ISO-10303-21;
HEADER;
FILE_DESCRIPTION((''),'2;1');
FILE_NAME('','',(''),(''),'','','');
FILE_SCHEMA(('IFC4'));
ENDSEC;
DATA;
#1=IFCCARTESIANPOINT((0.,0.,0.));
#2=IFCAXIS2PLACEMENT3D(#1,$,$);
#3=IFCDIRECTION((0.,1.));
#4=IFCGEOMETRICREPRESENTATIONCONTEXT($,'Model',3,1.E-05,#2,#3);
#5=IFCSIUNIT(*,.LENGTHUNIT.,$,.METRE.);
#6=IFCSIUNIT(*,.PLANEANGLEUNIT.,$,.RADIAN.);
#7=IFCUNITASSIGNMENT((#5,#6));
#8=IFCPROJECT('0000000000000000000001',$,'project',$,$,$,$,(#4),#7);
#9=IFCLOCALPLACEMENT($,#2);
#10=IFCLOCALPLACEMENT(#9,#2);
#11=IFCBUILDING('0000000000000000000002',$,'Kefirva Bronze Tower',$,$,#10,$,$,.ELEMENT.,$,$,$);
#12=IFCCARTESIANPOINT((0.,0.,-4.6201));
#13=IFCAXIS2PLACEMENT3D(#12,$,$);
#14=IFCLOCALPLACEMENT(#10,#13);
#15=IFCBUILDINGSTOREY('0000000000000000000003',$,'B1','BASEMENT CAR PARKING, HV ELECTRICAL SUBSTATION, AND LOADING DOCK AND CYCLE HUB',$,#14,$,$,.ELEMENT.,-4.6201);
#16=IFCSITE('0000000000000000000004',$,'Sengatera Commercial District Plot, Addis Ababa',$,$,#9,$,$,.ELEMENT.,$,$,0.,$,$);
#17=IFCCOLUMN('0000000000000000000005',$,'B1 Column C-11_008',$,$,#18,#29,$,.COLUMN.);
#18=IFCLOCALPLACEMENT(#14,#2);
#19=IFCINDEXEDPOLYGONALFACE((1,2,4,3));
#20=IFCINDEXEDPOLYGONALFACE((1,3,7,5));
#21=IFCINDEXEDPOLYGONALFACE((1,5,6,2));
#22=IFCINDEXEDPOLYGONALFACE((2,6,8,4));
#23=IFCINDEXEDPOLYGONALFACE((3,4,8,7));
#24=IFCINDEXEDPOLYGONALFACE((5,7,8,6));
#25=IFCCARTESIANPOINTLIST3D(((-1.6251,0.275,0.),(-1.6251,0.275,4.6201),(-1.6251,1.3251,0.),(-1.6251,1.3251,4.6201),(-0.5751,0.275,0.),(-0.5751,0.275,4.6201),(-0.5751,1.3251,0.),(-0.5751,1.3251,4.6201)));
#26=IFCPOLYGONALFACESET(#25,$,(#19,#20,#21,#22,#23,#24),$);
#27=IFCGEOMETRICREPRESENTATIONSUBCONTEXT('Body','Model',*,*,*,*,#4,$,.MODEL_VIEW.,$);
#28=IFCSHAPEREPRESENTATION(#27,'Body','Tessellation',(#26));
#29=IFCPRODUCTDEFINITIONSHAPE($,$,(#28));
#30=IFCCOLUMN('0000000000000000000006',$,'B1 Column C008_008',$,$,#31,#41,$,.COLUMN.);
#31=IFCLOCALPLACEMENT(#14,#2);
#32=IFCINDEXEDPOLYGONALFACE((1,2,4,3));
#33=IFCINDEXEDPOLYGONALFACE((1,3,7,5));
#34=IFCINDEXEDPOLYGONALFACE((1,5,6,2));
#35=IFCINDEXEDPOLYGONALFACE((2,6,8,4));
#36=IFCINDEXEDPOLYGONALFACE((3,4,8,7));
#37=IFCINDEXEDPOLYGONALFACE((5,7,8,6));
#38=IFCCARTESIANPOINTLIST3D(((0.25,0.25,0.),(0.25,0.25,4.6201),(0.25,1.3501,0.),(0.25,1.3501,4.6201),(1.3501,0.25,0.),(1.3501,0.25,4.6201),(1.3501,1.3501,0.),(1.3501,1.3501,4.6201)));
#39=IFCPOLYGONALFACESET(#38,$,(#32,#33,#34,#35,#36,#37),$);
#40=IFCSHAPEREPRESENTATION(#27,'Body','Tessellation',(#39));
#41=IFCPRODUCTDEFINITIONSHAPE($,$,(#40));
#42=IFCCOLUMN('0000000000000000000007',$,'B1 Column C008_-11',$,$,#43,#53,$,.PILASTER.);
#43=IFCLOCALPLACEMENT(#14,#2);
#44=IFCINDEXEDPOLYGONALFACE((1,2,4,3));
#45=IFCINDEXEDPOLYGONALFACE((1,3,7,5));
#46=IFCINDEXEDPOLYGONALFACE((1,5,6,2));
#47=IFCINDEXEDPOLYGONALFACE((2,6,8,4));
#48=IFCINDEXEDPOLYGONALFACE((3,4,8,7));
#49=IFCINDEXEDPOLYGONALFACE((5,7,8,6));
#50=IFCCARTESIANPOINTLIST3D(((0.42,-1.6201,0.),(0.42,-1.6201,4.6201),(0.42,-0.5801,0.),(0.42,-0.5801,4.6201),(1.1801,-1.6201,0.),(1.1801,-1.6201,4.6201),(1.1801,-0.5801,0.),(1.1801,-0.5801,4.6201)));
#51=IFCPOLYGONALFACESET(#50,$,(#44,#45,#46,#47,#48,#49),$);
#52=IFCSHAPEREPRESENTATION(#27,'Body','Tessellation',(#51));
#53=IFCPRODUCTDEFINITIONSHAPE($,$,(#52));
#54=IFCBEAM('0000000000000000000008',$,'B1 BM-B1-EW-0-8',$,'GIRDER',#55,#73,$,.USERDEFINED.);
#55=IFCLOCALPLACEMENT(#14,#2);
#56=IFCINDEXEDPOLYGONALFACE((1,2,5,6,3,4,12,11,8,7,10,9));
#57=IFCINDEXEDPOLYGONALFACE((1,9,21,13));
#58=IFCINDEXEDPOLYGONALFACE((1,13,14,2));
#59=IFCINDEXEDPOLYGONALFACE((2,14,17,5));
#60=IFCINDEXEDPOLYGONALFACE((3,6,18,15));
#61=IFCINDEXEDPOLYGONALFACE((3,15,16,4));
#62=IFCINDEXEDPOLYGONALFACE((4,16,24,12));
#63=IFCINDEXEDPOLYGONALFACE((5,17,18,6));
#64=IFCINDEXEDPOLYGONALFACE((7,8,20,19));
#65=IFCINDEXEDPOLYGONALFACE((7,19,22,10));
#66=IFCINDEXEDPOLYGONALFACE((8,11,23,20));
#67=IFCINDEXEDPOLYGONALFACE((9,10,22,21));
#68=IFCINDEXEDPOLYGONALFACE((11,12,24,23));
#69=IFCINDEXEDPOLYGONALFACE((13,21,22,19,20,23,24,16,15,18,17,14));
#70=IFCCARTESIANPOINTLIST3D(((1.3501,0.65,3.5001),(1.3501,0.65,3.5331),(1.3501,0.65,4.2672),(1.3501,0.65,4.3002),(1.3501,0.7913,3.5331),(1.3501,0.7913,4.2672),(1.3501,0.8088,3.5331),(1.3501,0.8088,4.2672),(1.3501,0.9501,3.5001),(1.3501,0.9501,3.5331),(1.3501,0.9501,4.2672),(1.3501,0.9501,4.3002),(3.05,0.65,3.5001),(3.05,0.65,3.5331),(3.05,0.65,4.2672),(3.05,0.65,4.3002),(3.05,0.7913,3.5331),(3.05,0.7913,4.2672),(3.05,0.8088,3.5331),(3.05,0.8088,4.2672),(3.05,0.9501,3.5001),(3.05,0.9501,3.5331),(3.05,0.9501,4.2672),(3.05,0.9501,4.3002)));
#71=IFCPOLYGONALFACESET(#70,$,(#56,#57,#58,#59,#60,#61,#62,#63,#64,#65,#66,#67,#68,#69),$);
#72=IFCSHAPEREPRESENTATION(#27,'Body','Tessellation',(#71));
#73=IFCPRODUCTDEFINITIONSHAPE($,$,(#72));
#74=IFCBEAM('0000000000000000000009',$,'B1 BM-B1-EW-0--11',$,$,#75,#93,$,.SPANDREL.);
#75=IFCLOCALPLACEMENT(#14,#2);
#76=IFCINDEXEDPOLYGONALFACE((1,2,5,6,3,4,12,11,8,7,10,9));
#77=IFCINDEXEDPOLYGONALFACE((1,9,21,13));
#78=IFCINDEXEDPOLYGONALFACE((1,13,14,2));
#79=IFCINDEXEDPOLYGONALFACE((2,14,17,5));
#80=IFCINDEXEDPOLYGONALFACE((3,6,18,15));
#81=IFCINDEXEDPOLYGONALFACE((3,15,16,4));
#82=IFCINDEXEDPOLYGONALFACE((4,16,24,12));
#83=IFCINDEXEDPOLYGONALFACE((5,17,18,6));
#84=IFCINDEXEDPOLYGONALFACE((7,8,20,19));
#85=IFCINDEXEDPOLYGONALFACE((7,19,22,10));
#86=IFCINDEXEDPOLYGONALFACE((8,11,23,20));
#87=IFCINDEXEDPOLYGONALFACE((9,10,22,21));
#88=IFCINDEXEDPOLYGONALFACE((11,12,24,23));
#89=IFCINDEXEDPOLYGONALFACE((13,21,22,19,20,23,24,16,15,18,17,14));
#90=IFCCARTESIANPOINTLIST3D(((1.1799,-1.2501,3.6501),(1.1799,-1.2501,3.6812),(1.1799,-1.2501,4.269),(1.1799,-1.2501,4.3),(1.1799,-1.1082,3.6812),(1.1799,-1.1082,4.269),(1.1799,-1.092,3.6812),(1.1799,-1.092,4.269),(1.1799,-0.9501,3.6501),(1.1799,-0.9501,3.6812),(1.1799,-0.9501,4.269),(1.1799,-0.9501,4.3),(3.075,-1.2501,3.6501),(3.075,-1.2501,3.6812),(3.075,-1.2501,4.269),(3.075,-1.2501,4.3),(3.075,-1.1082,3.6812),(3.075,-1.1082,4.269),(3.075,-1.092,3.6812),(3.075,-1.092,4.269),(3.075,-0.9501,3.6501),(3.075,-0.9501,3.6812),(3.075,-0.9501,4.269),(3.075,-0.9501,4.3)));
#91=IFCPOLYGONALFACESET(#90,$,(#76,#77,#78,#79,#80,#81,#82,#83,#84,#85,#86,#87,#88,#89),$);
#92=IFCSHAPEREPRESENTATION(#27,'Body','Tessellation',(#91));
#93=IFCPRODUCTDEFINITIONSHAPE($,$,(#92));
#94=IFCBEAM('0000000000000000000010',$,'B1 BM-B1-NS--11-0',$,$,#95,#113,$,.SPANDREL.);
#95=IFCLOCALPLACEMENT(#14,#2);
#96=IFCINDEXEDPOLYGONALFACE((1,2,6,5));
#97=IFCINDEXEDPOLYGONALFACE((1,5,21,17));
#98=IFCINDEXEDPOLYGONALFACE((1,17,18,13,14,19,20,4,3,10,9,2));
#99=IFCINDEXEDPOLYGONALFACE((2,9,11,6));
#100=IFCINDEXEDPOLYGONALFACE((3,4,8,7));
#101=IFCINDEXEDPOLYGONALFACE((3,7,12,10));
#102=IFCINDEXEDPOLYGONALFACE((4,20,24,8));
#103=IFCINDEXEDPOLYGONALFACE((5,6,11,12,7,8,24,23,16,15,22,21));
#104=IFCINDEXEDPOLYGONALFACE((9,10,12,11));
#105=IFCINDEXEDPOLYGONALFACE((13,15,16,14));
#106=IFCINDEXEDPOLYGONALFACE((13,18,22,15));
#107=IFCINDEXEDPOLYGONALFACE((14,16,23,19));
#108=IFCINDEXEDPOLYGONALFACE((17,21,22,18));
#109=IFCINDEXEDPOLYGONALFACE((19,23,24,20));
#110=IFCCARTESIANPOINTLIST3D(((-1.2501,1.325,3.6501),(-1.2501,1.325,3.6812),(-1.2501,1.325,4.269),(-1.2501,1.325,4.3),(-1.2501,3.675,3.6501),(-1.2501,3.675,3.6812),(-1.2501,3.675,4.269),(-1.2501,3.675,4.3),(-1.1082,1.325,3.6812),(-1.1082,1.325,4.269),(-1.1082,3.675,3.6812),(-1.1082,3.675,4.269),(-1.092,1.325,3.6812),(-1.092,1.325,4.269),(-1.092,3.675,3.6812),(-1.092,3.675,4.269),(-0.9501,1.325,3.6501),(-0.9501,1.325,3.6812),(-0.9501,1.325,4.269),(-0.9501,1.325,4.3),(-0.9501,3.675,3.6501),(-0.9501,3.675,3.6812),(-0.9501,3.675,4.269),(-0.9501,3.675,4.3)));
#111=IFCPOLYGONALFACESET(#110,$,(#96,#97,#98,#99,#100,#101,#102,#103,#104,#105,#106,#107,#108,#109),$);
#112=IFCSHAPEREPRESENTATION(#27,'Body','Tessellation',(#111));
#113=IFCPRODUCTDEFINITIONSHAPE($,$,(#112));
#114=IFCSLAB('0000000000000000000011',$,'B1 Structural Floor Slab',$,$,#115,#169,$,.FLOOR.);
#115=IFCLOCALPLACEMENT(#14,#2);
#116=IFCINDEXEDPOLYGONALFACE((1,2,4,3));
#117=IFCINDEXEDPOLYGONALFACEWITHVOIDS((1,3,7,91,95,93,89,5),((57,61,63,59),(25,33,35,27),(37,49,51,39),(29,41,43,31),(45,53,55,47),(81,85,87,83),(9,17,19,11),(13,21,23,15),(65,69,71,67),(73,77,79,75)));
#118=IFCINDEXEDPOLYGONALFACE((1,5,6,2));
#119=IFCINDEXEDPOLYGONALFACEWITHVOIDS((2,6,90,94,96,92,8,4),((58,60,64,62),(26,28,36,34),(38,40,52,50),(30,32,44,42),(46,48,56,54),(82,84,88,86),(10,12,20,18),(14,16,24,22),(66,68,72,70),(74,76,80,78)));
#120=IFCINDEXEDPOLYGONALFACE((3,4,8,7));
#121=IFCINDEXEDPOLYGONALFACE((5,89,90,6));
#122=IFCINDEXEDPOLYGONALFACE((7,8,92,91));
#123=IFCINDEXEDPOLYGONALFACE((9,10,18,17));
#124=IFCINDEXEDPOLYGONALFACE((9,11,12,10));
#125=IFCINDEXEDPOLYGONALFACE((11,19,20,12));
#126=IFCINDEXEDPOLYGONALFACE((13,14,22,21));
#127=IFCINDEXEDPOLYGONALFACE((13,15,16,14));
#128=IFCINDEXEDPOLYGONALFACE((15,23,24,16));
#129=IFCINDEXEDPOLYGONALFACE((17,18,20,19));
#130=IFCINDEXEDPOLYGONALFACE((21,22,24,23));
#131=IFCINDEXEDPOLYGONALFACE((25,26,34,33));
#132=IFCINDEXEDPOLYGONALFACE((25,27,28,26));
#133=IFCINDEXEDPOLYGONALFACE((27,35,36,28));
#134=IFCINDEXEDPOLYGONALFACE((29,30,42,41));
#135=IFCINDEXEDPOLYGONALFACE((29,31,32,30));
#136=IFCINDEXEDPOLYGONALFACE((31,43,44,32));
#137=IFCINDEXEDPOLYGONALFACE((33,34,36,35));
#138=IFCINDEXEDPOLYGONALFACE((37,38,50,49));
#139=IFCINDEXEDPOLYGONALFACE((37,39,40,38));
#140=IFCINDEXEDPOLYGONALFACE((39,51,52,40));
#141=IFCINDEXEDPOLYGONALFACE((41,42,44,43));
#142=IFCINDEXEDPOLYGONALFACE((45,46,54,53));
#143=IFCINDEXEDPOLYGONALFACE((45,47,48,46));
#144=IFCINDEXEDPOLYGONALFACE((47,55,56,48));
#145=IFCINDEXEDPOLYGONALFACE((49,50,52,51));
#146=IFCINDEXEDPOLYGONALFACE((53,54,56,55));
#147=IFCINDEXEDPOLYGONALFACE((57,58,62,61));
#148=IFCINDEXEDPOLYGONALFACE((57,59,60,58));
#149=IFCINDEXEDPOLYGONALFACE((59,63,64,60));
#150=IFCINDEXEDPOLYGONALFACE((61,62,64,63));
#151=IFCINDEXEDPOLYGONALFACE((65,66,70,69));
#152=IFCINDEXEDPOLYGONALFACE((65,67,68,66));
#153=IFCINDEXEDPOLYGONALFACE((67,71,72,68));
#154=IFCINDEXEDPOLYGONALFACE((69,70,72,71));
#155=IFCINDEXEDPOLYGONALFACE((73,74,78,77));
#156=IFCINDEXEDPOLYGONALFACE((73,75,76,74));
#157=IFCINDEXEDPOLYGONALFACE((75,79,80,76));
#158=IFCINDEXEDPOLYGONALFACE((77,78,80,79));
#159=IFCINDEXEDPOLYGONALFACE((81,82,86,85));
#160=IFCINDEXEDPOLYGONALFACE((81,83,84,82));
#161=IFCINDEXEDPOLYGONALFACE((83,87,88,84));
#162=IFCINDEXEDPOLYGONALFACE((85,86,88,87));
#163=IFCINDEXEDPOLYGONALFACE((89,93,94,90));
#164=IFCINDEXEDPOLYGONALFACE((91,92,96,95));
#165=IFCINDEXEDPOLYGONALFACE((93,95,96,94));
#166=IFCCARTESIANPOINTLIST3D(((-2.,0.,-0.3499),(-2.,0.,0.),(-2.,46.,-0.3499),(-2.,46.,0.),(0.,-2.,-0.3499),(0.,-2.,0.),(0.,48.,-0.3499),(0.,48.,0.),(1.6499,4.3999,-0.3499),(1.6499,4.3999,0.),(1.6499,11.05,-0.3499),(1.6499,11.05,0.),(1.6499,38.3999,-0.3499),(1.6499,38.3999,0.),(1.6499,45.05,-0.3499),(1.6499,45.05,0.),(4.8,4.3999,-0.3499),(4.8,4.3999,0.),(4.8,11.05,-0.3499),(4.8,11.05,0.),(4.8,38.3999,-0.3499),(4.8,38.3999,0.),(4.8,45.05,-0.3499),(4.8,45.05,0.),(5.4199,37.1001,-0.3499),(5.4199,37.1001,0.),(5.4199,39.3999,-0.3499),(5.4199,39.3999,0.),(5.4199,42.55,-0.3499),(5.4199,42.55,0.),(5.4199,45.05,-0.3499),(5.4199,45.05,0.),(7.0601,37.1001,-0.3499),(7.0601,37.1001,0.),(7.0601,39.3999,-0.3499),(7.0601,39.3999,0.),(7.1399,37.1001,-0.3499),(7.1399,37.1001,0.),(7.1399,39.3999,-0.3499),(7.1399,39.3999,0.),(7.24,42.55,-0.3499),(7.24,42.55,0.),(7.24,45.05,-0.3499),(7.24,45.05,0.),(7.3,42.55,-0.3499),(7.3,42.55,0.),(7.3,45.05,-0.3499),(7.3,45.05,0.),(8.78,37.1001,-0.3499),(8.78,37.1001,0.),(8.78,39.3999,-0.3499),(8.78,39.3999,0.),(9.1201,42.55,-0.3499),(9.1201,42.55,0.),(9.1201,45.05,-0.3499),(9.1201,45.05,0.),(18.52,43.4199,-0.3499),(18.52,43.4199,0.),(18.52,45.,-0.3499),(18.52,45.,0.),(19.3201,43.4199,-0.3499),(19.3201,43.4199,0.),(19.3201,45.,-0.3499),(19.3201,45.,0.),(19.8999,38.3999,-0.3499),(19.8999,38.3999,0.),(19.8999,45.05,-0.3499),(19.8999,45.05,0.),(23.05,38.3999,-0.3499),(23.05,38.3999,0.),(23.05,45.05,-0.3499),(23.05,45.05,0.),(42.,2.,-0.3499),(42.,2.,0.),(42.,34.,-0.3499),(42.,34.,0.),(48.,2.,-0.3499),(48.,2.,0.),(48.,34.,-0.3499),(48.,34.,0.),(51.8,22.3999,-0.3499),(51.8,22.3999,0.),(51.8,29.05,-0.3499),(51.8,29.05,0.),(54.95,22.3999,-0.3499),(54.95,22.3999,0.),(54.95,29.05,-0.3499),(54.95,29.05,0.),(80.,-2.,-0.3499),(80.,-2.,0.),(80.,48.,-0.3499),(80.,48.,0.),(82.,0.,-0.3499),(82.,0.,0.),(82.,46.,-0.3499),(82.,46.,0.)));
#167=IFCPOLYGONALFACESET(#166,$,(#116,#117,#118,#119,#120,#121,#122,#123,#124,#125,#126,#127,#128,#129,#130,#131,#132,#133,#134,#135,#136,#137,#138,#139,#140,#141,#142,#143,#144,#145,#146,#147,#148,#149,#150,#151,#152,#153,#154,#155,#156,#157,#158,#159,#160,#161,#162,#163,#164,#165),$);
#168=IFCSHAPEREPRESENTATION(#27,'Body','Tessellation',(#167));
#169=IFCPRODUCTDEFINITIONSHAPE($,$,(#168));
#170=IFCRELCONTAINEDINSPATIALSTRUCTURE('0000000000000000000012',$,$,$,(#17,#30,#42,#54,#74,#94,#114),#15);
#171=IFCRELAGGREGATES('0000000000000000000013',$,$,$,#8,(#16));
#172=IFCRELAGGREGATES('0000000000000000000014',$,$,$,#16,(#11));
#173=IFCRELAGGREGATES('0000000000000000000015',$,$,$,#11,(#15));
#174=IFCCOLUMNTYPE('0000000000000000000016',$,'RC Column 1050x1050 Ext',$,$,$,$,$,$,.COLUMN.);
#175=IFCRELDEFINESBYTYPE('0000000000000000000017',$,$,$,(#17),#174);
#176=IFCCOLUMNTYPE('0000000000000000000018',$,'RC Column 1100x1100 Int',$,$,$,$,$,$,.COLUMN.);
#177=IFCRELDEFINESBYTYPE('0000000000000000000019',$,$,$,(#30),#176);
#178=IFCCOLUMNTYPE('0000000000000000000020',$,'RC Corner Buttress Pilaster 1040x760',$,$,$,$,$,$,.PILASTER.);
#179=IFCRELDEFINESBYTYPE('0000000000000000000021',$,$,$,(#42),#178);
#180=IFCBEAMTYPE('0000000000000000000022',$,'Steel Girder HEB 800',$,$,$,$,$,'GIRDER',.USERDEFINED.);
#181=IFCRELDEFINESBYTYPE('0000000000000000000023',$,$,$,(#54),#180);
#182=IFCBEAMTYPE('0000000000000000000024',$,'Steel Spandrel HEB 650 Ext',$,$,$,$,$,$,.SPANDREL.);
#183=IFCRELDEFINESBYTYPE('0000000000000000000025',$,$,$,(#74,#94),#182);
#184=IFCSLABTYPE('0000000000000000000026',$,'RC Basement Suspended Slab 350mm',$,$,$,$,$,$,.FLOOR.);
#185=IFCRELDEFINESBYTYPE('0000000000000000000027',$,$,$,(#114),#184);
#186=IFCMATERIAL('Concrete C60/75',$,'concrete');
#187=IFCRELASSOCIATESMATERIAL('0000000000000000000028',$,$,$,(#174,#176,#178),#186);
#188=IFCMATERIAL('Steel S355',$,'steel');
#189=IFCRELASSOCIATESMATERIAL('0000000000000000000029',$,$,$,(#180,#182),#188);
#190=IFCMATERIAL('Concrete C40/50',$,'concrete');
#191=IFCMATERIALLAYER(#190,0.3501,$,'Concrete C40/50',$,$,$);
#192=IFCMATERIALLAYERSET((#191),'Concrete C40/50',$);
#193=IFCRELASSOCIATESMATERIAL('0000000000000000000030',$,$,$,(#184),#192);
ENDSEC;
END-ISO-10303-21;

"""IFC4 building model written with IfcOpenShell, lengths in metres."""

from ifc_helpers import new_model, si_unit, direction, frame, origin, origin_2d, place, context, subcontext, project, spatial, polyline, rectangle, i_section, outline, extrude, material, layer, layer_set, material_profile, profile_set, type_object, element, save


model = new_model("IFC4")

# Units and contexts
model_context = context("Model", 3, precision=1e-05, world=origin(), true_north=direction((0.0, 1.0)))
body_context = subcontext(model_context, "Body", "Model", "MODEL_VIEW")
ifc_project = project(units=[si_unit("LENGTHUNIT", "METRE"), si_unit("PLANEANGLEUNIT", "RADIAN")], contexts=[model_context])

# Site, building, storey
site_placement = place(None, origin())
site = spatial("IfcSite", under=ifc_project, at=site_placement, Name="Sengatera Commercial District Plot, Addis Ababa", CompositionType="ELEMENT", RefElevation=0.0)
building_placement = place(site_placement, origin())
building = spatial("IfcBuilding", under=site, at=building_placement, Name="Kefirva Bronze Tower", CompositionType="ELEMENT")
storey_placement = place(building_placement, frame((0.0, 0.0, -4.6201)))
storey = spatial("IfcBuildingStorey", under=building, at=storey_placement, Name="B1", Description="BASEMENT CAR PARKING, HV ELECTRICAL SUBSTATION, AND LOADING DOCK AND CYCLE HUB", CompositionType="ELEMENT", Elevation=-4.6201)

# Columns
ifc_material_1 = material(Name="Concrete C60/75", Category="concrete")
ifc_material_profile_1 = material_profile(ifc_material_1, rectangle(XDim=1.05, YDim=1.05, at=origin_2d()), Name="RC 1050x1050")
ifc_profile_set_1 = profile_set([ifc_material_profile_1], Name="Concrete C60/75")
column_type_1 = type_object("IfcColumnType", Name="RC Column 1050x1050 Ext", PredefinedType="COLUMN", material=ifc_profile_set_1)
column_1_placement = place(storey_placement, frame((-1.1001, 0.8, 0.0), z_axis=(0.0, 0.0, 1.0), x_axis=(1.0, 0.0, 0.0)))
element("IfcColumn", 1, at=column_1_placement, inside=storey, type_object=column_type_1, Name="B1 Column C-11_008", PredefinedType="COLUMN", context=body_context, shape_type="SweptSolid", body=[
    extrude(rectangle(XDim=1.05, YDim=1.05, at=origin_2d()), origin(), (0.0, 0.0, 1.0), 4.6201),
])
ifc_material_profile_2 = material_profile(ifc_material_1, rectangle(XDim=1.1001, YDim=1.1001, at=origin_2d()), Name="RC 1100x1100")
ifc_profile_set_2 = profile_set([ifc_material_profile_2], Name="Concrete C60/75")
column_type_2 = type_object("IfcColumnType", Name="RC Column 1100x1100 Int", PredefinedType="COLUMN", material=ifc_profile_set_2)
column_2_placement = place(storey_placement, frame((0.8, 0.8, 0.0), z_axis=(0.0, 0.0, 1.0), x_axis=(1.0, 0.0, 0.0)))
element("IfcColumn", 2, at=column_2_placement, inside=storey, type_object=column_type_2, Name="B1 Column C008_008", PredefinedType="COLUMN", context=body_context, shape_type="SweptSolid", body=[
    extrude(rectangle(XDim=1.1001, YDim=1.1001, at=origin_2d()), origin(), (0.0, 0.0, 1.0), 4.6201),
])
ifc_material_profile_3 = material_profile(ifc_material_1, rectangle(XDim=0.76, YDim=1.04, at=origin_2d()), Name="RC 760x1040")
ifc_profile_set_3 = profile_set([ifc_material_profile_3], Name="Concrete C60/75")
column_type_3 = type_object("IfcColumnType", Name="RC Corner Buttress Pilaster 1040x760", PredefinedType="PILASTER", material=ifc_profile_set_3)
column_3_placement = place(storey_placement, frame((0.8, -1.1001, 0.0), z_axis=(0.0, 0.0, 1.0), x_axis=(1.0, 0.0, 0.0)))
element("IfcColumn", 3, at=column_3_placement, inside=storey, type_object=column_type_3, Name="B1 Column C008_-11", PredefinedType="PILASTER", context=body_context, shape_type="SweptSolid", body=[
    extrude(rectangle(XDim=0.76, YDim=1.04, at=origin_2d()), origin(), (0.0, 0.0, 1.0), 4.6201),
])

# Beams
ifc_material_2 = material(Name="Steel S355", Category="steel")
ifc_material_profile_4 = material_profile(ifc_material_2, i_section(OverallWidth=0.3, OverallDepth=0.8, WebThickness=0.0176, FlangeThickness=0.033, at=origin_2d()), Name="HEB 800")
ifc_profile_set_4 = profile_set([ifc_material_profile_4], Name="Steel S355")
beam_type_1 = type_object("IfcBeamType", Name="Steel Girder HEB 800", ElementType="GIRDER", PredefinedType="USERDEFINED", material=ifc_profile_set_4)
beam_1_placement = place(storey_placement, frame((1.3501, 0.8, 3.9001), z_axis=(1.0, 0.0, 0.0), x_axis=(0.0, 1.0, 0.0)))
element("IfcBeam", 4, at=beam_1_placement, inside=storey, type_object=beam_type_1, Name="B1 BM-B1-EW-0-8", ObjectType="GIRDER", PredefinedType="USERDEFINED", context=body_context, shape_type="SweptSolid", body=[
    extrude(i_section(OverallWidth=0.3, OverallDepth=0.8, WebThickness=0.0176, FlangeThickness=0.033, at=origin_2d()), origin(), (0.0, 0.0, 1.0), 1.7),
])
ifc_material_profile_5 = material_profile(ifc_material_2, i_section(OverallWidth=0.3, OverallDepth=0.6499, WebThickness=0.0161, FlangeThickness=0.031, at=origin_2d()), Name="HEB 650")
ifc_profile_set_5 = profile_set([ifc_material_profile_5], Name="Steel S355")
beam_type_2 = type_object("IfcBeamType", Name="Steel Spandrel HEB 650 Ext", PredefinedType="SPANDREL", material=ifc_profile_set_5)
beam_2_placement = place(storey_placement, frame((1.1799, -1.1001, 3.9751), z_axis=(1.0, 0.0, 0.0), x_axis=(0.0, 1.0, 0.0)))
element("IfcBeam", 5, at=beam_2_placement, inside=storey, type_object=beam_type_2, Name="B1 BM-B1-EW-0--11", PredefinedType="SPANDREL", context=body_context, shape_type="SweptSolid", body=[
    extrude(i_section(OverallWidth=0.3, OverallDepth=0.6499, WebThickness=0.0161, FlangeThickness=0.031, at=origin_2d()), origin(), (0.0, 0.0, 1.0), 1.895),
])
beam_3_placement = place(storey_placement, frame((-1.1001, 1.325, 3.9751), z_axis=(0.0, 1.0, 0.0), x_axis=(-1.0, 0.0, 0.0)))
element("IfcBeam", 6, at=beam_3_placement, inside=storey, type_object=beam_type_2, Name="B1 BM-B1-NS--11-0", PredefinedType="SPANDREL", context=body_context, shape_type="SweptSolid", body=[
    extrude(i_section(OverallWidth=0.3, OverallDepth=0.6499, WebThickness=0.0161, FlangeThickness=0.031, at=origin_2d()), origin(), (0.0, 0.0, 1.0), 2.3501),
])

# Slab
ifc_material_3 = material(Name="Concrete C40/50", Category="concrete")
ifc_layer_1 = layer(ifc_material_3, 0.3501, Name="Concrete C40/50")
ifc_layer_set_1 = layer_set([ifc_layer_1], Name="Concrete C40/50")
slab_type_1 = type_object("IfcSlabType", Name="RC Basement Suspended Slab 350mm", PredefinedType="FLOOR", material=ifc_layer_set_1)
slab_1_placement = place(storey_placement, frame((0.0, 0.0, -0.3499)))
element("IfcSlab", 7, at=slab_1_placement, inside=storey, type_object=slab_type_1, Name="B1 Structural Floor Slab", PredefinedType="FLOOR", context=body_context, shape_type="SweptSolid", body=[
    extrude(outline(polyline([(-2.0, 0.0), (-2.0, 46.0), (0.0, 48.0), (80.0, 48.0), (82.0, 46.0), (82.0, 0.0), (80.0, -2.0), (0.0, -2.0), (-2.0, 0.0)]), holes=[polyline([(54.95, 29.05), (51.8, 29.05), (51.8, 22.3999), (54.95, 22.3999), (54.95, 29.05)]), polyline([(48.0, 34.0), (42.0, 34.0), (42.0, 2.0), (48.0, 2.0), (48.0, 34.0)]), polyline([(23.05, 45.05), (19.8999, 45.05), (19.8999, 38.3999), (23.05, 38.3999), (23.05, 45.05)]), polyline([(19.3201, 43.4199), (19.3201, 45.0), (18.52, 45.0), (18.52, 43.4199), (19.3201, 43.4199)]), polyline([(9.1201, 42.55), (9.1201, 45.05), (7.3, 45.05), (7.3, 42.55), (9.1201, 42.55)]), polyline([(8.78, 37.1001), (8.78, 39.3999), (7.1399, 39.3999), (7.1399, 37.1001), (8.78, 37.1001)]), polyline([(7.24, 45.05), (5.4199, 45.05), (5.4199, 42.55), (7.24, 42.55), (7.24, 45.05)]), polyline([(7.0601, 37.1001), (7.0601, 39.3999), (5.4199, 39.3999), (5.4199, 37.1001), (7.0601, 37.1001)]), polyline([(4.8, 11.05), (1.6499, 11.05), (1.6499, 4.3999), (4.8, 4.3999), (4.8, 11.05)]), polyline([(4.8, 45.05), (1.6499, 45.05), (1.6499, 38.3999), (4.8, 38.3999), (4.8, 45.05)])]), origin(), (0.0, 0.0, 1.0), 0.3499),
])

save(model, "model.ifc")
